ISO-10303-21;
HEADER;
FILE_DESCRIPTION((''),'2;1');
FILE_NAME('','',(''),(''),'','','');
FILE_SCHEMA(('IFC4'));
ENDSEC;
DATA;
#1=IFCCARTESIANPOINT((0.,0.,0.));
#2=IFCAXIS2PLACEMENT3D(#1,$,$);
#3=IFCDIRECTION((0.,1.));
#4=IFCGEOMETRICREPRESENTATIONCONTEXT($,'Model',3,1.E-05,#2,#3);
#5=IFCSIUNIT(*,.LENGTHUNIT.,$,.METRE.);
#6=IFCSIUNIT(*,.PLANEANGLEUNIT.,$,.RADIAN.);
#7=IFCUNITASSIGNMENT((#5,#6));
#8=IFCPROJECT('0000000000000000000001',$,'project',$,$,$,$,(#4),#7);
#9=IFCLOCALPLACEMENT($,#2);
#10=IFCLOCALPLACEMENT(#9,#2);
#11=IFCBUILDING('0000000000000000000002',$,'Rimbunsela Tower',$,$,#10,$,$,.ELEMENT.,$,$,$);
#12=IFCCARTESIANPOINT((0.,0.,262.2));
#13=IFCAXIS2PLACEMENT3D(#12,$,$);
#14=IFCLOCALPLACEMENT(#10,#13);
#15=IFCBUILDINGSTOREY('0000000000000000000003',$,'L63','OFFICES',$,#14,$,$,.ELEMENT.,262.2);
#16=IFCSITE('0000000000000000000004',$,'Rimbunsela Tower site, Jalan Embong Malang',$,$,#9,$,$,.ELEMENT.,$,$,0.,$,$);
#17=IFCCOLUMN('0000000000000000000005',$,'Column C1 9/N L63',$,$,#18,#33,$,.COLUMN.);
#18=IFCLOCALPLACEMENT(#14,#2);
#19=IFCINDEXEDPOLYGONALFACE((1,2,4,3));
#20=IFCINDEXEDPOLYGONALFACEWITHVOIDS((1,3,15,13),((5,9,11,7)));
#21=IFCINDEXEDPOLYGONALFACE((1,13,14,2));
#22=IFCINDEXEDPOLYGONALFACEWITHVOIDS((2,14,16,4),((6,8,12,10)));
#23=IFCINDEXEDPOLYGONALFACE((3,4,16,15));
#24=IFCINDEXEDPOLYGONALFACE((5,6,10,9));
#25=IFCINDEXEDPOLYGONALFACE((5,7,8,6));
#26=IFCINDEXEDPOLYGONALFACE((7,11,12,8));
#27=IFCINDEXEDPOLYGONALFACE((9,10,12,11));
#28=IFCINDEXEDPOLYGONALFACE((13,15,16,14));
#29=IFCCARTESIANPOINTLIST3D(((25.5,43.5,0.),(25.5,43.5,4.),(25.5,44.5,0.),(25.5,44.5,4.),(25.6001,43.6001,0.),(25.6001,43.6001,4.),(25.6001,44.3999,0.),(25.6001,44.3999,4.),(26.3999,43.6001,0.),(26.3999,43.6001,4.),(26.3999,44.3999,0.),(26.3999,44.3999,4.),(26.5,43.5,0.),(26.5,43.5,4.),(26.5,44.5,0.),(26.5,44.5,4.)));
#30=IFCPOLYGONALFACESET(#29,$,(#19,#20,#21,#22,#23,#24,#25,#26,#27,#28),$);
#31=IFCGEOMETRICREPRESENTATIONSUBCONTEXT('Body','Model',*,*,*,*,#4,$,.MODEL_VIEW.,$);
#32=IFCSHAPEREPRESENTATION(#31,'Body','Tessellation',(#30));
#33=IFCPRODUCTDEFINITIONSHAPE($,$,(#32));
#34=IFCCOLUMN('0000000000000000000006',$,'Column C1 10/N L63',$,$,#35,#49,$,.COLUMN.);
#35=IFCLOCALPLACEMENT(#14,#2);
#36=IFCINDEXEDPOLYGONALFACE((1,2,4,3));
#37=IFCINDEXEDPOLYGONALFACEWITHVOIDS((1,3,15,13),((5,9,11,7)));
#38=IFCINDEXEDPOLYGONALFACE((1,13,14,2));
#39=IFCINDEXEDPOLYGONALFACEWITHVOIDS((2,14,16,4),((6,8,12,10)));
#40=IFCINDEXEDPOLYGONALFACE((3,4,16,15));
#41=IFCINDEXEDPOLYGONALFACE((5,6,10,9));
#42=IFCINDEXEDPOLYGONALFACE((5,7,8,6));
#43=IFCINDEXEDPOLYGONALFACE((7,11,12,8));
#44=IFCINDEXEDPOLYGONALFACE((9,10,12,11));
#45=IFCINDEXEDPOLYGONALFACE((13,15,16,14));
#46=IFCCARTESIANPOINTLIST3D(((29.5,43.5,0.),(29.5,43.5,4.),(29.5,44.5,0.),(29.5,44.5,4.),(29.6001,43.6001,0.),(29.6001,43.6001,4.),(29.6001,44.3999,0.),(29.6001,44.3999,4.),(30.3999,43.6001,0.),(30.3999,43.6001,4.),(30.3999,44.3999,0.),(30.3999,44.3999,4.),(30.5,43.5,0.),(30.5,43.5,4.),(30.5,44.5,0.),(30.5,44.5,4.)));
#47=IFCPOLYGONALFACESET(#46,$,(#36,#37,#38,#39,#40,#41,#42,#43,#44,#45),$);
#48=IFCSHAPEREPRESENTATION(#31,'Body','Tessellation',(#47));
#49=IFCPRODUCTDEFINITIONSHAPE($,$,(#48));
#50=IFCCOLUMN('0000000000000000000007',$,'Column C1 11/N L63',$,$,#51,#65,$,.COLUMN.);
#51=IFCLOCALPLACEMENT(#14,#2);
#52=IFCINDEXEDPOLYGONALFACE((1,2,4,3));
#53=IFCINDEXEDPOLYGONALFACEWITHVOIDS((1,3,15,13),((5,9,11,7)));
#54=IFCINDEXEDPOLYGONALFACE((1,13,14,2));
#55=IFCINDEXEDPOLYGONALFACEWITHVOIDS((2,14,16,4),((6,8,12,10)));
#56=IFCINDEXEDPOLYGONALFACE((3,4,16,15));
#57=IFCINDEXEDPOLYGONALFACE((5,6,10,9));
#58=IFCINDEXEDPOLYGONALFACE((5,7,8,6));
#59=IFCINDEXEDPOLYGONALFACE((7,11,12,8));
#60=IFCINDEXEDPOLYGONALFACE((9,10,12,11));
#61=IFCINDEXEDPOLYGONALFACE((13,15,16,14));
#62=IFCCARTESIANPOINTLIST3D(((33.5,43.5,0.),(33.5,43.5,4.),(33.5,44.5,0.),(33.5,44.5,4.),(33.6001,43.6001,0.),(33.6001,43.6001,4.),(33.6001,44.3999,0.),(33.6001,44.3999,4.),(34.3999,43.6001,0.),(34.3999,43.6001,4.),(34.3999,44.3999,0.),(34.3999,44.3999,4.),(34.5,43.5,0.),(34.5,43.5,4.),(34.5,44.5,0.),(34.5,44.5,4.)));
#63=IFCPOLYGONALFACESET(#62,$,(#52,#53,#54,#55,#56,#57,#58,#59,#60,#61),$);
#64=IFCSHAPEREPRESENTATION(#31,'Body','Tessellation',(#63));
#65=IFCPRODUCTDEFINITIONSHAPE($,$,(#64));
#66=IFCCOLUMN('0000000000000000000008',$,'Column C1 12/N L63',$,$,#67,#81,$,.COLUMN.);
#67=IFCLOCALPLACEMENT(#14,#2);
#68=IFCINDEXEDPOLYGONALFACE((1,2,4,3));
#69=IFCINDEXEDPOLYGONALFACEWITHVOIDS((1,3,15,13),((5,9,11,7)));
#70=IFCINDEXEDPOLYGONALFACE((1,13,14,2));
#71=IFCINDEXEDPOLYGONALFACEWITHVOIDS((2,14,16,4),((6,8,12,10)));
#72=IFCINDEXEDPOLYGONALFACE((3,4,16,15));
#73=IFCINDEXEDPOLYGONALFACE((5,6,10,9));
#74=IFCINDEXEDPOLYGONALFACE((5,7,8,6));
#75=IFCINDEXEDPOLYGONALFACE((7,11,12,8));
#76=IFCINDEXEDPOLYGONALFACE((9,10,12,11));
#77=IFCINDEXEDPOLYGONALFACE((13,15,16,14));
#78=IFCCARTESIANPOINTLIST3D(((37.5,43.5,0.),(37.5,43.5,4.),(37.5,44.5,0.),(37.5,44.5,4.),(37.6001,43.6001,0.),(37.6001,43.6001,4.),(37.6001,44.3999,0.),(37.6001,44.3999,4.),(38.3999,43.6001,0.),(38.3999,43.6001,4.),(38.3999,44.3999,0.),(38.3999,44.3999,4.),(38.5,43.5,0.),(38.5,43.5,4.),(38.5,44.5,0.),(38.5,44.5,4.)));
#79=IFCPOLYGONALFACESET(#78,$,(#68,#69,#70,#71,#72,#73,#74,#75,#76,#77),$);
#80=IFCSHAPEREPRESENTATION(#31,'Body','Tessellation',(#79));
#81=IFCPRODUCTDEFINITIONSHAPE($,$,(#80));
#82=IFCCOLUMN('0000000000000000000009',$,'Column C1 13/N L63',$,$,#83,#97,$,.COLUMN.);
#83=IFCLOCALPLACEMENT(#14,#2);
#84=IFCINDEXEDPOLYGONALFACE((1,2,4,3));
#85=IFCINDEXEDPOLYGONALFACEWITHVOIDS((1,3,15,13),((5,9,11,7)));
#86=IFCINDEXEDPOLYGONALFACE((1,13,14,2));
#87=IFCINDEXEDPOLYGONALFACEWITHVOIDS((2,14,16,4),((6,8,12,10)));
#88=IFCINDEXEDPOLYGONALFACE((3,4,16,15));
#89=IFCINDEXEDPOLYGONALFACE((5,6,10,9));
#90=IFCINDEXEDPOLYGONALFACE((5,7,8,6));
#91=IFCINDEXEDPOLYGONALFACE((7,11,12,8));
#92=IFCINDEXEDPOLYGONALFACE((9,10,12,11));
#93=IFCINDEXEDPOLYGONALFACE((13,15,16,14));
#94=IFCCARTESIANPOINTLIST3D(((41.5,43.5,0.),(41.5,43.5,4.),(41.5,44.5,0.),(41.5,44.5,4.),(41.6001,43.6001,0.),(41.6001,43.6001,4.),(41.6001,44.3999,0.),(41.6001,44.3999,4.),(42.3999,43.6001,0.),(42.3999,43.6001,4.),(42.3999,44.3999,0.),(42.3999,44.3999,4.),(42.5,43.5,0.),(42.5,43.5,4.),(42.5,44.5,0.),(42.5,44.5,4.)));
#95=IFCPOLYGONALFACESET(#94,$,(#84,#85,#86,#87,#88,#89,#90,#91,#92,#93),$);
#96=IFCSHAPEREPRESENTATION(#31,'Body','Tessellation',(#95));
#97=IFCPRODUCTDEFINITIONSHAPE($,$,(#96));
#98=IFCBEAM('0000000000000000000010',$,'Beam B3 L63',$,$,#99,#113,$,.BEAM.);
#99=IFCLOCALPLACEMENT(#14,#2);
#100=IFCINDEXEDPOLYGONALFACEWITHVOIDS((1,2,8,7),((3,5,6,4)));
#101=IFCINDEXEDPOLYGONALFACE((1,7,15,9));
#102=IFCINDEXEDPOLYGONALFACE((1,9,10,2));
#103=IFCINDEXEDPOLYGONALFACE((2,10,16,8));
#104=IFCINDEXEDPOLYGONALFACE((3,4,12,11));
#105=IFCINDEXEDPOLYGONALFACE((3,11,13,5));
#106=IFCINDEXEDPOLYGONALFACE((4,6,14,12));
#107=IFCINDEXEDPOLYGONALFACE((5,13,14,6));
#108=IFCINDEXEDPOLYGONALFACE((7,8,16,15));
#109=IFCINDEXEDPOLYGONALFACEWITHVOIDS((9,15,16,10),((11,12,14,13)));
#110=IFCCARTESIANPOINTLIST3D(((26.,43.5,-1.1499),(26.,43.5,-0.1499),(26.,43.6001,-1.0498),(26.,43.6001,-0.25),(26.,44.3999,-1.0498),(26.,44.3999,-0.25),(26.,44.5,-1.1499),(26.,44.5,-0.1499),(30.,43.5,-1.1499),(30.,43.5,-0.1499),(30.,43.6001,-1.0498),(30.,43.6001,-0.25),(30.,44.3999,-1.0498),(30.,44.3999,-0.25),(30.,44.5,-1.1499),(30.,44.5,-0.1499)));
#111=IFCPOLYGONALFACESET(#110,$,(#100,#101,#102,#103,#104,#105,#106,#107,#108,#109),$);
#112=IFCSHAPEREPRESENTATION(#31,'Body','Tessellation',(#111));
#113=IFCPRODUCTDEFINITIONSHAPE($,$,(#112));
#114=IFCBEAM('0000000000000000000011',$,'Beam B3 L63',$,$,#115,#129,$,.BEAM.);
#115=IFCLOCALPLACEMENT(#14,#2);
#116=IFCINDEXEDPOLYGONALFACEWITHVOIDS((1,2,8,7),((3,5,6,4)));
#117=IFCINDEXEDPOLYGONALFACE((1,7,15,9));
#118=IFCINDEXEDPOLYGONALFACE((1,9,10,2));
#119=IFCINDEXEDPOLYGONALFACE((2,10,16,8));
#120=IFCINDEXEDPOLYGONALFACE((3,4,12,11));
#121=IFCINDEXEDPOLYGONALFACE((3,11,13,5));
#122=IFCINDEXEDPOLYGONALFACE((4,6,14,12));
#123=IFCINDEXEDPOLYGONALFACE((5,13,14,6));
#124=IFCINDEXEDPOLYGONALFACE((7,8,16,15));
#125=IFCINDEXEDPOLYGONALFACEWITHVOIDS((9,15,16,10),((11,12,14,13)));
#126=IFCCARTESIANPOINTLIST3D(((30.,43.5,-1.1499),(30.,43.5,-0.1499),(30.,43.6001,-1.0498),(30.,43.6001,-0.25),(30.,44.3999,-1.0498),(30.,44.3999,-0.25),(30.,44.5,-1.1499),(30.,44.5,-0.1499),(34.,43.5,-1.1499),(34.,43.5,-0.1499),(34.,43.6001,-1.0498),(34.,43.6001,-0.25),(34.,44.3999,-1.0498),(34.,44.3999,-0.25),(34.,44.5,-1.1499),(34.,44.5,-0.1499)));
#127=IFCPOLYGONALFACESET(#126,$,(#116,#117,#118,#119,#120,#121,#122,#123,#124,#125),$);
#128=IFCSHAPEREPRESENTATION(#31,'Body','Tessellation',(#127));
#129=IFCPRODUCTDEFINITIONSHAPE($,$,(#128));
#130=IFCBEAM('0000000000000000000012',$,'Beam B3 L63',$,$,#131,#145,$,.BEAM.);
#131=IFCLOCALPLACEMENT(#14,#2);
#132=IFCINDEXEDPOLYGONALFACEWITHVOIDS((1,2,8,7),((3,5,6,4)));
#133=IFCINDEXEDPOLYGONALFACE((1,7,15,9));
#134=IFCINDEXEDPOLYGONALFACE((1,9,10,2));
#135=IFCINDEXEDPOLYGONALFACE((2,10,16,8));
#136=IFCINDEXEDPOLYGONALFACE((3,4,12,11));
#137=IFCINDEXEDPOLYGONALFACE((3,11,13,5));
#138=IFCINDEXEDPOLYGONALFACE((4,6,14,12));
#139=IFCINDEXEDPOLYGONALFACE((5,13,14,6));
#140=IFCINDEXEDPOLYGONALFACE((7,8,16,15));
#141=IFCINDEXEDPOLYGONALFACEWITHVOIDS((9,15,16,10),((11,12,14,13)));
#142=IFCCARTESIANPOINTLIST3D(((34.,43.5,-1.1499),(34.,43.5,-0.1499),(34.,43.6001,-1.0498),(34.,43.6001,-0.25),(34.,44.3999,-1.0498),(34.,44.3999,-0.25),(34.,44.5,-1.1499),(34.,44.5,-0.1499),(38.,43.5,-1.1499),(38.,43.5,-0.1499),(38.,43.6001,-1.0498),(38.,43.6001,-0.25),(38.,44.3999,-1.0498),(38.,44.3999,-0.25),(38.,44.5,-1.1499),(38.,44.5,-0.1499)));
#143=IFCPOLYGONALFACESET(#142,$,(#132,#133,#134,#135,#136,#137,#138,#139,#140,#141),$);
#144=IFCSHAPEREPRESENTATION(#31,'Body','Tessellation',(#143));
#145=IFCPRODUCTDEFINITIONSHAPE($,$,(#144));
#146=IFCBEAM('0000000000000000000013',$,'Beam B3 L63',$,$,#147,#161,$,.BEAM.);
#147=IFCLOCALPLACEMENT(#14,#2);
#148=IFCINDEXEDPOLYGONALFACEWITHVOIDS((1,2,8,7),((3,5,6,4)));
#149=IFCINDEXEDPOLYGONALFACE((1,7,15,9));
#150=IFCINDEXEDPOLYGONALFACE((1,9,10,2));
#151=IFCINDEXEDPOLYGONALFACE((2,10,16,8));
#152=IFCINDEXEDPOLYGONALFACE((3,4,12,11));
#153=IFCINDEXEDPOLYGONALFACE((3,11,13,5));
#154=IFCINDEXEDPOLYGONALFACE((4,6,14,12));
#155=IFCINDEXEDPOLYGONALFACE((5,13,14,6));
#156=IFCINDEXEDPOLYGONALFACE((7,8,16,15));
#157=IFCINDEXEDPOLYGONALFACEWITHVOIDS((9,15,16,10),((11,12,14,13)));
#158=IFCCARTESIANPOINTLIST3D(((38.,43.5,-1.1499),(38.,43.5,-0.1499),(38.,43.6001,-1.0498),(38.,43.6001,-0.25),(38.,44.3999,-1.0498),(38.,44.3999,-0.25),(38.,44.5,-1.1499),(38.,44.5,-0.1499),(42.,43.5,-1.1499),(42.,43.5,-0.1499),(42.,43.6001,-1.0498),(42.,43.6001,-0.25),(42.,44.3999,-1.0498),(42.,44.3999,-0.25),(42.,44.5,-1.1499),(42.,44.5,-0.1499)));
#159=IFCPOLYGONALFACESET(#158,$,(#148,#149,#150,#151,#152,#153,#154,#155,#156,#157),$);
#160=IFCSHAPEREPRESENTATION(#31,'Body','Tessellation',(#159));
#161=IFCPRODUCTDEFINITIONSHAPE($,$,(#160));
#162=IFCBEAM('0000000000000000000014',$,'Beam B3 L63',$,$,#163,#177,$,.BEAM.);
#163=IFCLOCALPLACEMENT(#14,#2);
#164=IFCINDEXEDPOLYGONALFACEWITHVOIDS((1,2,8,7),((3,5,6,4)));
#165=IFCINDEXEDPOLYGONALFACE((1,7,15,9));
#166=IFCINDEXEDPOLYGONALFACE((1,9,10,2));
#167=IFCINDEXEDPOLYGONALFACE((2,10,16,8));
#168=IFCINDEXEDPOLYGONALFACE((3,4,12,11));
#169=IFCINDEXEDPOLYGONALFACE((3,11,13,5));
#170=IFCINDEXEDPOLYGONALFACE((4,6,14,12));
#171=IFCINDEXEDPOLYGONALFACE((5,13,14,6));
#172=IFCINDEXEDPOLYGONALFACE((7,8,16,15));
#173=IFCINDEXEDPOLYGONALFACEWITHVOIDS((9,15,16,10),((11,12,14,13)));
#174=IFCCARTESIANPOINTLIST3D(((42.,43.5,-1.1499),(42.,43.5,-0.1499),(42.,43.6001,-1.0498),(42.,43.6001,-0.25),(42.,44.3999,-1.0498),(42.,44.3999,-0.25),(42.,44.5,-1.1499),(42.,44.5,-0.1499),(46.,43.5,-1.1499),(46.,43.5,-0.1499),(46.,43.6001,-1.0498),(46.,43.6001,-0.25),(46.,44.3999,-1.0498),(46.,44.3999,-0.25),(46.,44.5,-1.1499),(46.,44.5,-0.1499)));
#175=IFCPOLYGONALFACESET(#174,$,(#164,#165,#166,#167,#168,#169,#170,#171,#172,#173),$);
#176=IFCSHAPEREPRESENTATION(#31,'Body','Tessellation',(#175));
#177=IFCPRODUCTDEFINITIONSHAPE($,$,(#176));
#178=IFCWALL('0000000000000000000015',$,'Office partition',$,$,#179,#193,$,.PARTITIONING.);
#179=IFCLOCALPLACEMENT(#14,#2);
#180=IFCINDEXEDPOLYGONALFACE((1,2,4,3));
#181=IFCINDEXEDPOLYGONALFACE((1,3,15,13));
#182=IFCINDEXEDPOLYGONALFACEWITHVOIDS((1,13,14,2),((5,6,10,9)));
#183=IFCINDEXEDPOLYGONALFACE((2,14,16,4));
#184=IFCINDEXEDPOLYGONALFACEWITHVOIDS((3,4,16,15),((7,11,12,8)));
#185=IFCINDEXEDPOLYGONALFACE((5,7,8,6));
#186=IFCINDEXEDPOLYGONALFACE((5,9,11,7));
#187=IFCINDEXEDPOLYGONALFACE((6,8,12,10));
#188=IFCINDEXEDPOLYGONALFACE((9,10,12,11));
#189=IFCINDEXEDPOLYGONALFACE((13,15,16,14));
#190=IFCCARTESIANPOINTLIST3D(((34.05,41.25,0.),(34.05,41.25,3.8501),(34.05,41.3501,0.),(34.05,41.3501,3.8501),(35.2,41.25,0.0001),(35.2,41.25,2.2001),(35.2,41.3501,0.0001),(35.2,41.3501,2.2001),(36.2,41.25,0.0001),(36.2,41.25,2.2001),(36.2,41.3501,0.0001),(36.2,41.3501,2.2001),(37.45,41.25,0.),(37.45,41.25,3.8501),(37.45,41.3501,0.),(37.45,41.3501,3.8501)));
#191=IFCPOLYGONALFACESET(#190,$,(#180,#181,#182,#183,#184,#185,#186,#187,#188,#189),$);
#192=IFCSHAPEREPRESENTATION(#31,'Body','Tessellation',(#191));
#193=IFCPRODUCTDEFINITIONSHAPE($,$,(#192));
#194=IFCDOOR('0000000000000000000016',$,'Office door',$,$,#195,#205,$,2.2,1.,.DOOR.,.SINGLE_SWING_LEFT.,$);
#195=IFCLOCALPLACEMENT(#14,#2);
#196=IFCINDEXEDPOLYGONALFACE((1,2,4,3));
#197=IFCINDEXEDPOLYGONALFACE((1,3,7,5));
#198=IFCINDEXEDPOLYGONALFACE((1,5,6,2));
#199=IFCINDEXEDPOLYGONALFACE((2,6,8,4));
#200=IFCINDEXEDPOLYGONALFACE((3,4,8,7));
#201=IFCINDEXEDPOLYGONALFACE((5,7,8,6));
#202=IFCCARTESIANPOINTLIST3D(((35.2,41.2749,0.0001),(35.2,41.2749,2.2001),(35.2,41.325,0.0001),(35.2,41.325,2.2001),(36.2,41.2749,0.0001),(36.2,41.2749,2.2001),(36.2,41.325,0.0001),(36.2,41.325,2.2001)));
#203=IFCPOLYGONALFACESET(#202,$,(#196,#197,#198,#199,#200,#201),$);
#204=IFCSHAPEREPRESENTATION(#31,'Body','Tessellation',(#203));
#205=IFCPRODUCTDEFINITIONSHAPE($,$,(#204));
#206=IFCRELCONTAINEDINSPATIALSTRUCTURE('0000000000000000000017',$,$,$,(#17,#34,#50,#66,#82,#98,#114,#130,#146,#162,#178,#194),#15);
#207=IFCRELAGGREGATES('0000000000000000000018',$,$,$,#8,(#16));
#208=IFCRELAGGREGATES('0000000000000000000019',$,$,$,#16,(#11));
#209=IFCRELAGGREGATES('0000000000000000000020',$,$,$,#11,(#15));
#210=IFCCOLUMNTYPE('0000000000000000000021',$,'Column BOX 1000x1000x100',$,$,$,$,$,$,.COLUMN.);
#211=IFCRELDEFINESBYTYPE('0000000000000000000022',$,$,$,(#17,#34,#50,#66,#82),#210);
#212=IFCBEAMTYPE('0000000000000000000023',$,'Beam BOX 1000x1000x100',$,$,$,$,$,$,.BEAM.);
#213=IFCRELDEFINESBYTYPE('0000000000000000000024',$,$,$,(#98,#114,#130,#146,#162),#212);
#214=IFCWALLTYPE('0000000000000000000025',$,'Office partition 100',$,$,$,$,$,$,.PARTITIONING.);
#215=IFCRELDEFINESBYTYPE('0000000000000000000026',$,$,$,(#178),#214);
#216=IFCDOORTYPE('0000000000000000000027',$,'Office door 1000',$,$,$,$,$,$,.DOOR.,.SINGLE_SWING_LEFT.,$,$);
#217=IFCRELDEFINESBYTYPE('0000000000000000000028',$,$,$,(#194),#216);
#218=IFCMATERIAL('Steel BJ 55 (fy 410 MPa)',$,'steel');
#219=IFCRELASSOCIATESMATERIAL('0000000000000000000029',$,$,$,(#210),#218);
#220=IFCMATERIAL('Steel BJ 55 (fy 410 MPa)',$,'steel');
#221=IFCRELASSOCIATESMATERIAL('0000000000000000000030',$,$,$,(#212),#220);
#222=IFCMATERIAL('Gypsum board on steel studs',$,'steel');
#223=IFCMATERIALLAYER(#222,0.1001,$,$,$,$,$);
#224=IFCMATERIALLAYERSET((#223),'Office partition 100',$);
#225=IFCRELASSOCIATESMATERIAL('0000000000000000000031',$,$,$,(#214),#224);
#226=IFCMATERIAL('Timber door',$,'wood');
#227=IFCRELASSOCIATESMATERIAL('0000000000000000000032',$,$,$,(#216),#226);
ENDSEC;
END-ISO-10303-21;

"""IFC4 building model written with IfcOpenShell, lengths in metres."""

from ifc_helpers import new_model, si_unit, direction, frame, frame_2d, origin, origin_2d, place, context, subcontext, project, spatial, rectangle, hollow_rectangle, extrude, material, layer, layer_set, material_profile, profile_set, type_object, element, fill, save


model = new_model("IFC4")

# Units and contexts
model_context = context("Model", 3, precision=1e-05, world=origin(), true_north=direction((0.0, 1.0)))
body_context = subcontext(model_context, "Body", "Model", "MODEL_VIEW")
ifc_project = project(units=[si_unit("LENGTHUNIT", "METRE"), si_unit("PLANEANGLEUNIT", "RADIAN")], contexts=[model_context])

# Site, building, storey
site_placement = place(None, origin())
site = spatial("IfcSite", under=ifc_project, at=site_placement, Name="Rimbunsela Tower site, Jalan Embong Malang", CompositionType="ELEMENT", RefElevation=0.0)
building_placement = place(site_placement, origin())
building = spatial("IfcBuilding", under=site, at=building_placement, Name="Rimbunsela Tower", CompositionType="ELEMENT")
storey_placement = place(building_placement, frame((0.0, 0.0, 262.2)))
storey = spatial("IfcBuildingStorey", under=building, at=storey_placement, Name="L63", Description="OFFICES", CompositionType="ELEMENT", Elevation=262.2)

# Columns
ifc_material_1 = material(Name="Steel BJ 55 (fy 410 MPa)", Category="steel")
ifc_material_profile_1 = material_profile(ifc_material_1, hollow_rectangle(XDim=1.0, YDim=1.0, WallThickness=0.1001, at=origin_2d()), Name="BOX 1000x1000x100")
ifc_profile_set_1 = profile_set([ifc_material_profile_1], Name="Steel BJ 55 (fy 410 MPa)")
column_type = type_object("IfcColumnType", Name="Column BOX 1000x1000x100", PredefinedType="COLUMN", material=ifc_profile_set_1)
for number, where, z_axis, x_axis, name in (
    (1, (26.0, 44.0, 0.0), (0.0, 0.0, 1.0), (1.0, 0.0, 0.0), "Column C1 9/N L63"),
    (2, (30.0, 44.0, 0.0), (0.0, 0.0, 1.0), (1.0, 0.0, 0.0), "Column C1 10/N L63"),
    (3, (34.0, 44.0, 0.0), (0.0, 0.0, 1.0), (1.0, 0.0, 0.0), "Column C1 11/N L63"),
    (4, (38.0, 44.0, 0.0), (0.0, 0.0, 1.0), (1.0, 0.0, 0.0), "Column C1 12/N L63"),
    (5, (42.0, 44.0, 0.0), (0.0, 0.0, 1.0), (1.0, 0.0, 0.0), "Column C1 13/N L63"),
):
    element("IfcColumn", number, at=place(storey_placement, frame(where, z_axis=z_axis, x_axis=x_axis)), inside=storey, type_object=column_type, Name=name, PredefinedType="COLUMN", context=body_context, shape_type="SweptSolid", body=[
        extrude(hollow_rectangle(XDim=1.0, YDim=1.0, WallThickness=0.1001, at=origin_2d()), origin(), (0.0, 0.0, 1.0), 4.0),
    ])

# Beams
ifc_material_2 = material(Name="Steel BJ 55 (fy 410 MPa)", Category="steel")
ifc_material_profile_2 = material_profile(ifc_material_2, hollow_rectangle(XDim=1.0, YDim=1.0, WallThickness=0.1001, at=origin_2d()), Name="BOX 1000x1000x100")
ifc_profile_set_2 = profile_set([ifc_material_profile_2], Name="Steel BJ 55 (fy 410 MPa)")
beam_type = type_object("IfcBeamType", Name="Beam BOX 1000x1000x100", PredefinedType="BEAM", material=ifc_profile_set_2)
for number, where, z_axis, x_axis, name in (
    (6, (26.0, 44.0, -0.6499), (1.0, 0.0, 0.0), (0.0, 1.0, 0.0), "Beam B3 L63"),
    (7, (30.0, 44.0, -0.6499), (1.0, 0.0, 0.0), (0.0, 1.0, 0.0), "Beam B3 L63"),
    (8, (34.0, 44.0, -0.6499), (1.0, 0.0, 0.0), (0.0, 1.0, 0.0), "Beam B3 L63"),
    (9, (38.0, 44.0, -0.6499), (1.0, 0.0, 0.0), (0.0, 1.0, 0.0), "Beam B3 L63"),
    (10, (42.0, 44.0, -0.6499), (1.0, 0.0, 0.0), (0.0, 1.0, 0.0), "Beam B3 L63"),
):
    element("IfcBeam", number, at=place(storey_placement, frame(where, z_axis=z_axis, x_axis=x_axis)), inside=storey, type_object=beam_type, Name=name, PredefinedType="BEAM", context=body_context, shape_type="SweptSolid", body=[
        extrude(hollow_rectangle(XDim=1.0, YDim=1.0, WallThickness=0.1001, at=origin_2d()), origin(), (0.0, 0.0, 1.0), 4.0),
    ])

# Wall, opening, door
ifc_material_3 = material(Name="Gypsum board on steel studs", Category="steel")
ifc_layer_1 = layer(ifc_material_3, 0.1001)
ifc_layer_set_1 = layer_set([ifc_layer_1], Name="Office partition 100")
wall_type_1 = type_object("IfcWallType", Name="Office partition 100", PredefinedType="PARTITIONING", material=ifc_layer_set_1)
wall_1_placement = place(storey_placement, frame((34.05, 41.3, 0.0), z_axis=(0.0, 0.0, 1.0), x_axis=(1.0, 0.0, 0.0)))
wall_1 = element("IfcWall", 11, at=wall_1_placement, inside=storey, type_object=wall_type_1, Name="Office partition", PredefinedType="PARTITIONING", context=body_context, shape_type="SweptSolid", body=[
    extrude(rectangle(XDim=3.3999, YDim=0.1001, at=frame_2d((1.7, 0.0))), origin(), (0.0, 0.0, 1.0), 3.8501),
])
opening_1_placement = place(wall_1_placement, frame((1.1499, 0.0, 0.0)))
opening_1 = element("IfcOpeningElement", 12, at=opening_1_placement, cuts=wall_1, PredefinedType="OPENING", context=body_context, shape_type="SweptSolid", body=[
    extrude(rectangle(XDim=1.0, YDim=2.2, at=frame_2d((0.5, 1.1001))), frame((0.0, 0.0601, 0.0), z_axis=(0.0, -1.0, 0.0), x_axis=(1.0, 0.0, 0.0)), (0.0, 0.0, 1.0), 0.1201),
])
ifc_material_4 = material(Name="Timber door", Category="wood")
door_type = type_object("IfcDoorType", Name="Office door 1000", OperationType="SINGLE_SWING_LEFT", PredefinedType="DOOR", material=ifc_material_4)
door_placement = place(opening_1_placement, origin())
door = element("IfcDoor", 13, at=door_placement, inside=storey, type_object=door_type, Name="Office door", OperationType="SINGLE_SWING_LEFT", OverallHeight=2.2, OverallWidth=1.0, PredefinedType="DOOR", context=body_context, shape_type="SweptSolid", body=[
    extrude(rectangle(XDim=1.0, YDim=2.2, at=frame_2d((0.5, 1.1001))), frame((0.0, 0.0249, 0.0), z_axis=(0.0, -1.0, 0.0), x_axis=(1.0, 0.0, 0.0)), (0.0, 0.0, 1.0), 0.05),
])
fill(opening_1, door)

save(model, "model.ifc")
